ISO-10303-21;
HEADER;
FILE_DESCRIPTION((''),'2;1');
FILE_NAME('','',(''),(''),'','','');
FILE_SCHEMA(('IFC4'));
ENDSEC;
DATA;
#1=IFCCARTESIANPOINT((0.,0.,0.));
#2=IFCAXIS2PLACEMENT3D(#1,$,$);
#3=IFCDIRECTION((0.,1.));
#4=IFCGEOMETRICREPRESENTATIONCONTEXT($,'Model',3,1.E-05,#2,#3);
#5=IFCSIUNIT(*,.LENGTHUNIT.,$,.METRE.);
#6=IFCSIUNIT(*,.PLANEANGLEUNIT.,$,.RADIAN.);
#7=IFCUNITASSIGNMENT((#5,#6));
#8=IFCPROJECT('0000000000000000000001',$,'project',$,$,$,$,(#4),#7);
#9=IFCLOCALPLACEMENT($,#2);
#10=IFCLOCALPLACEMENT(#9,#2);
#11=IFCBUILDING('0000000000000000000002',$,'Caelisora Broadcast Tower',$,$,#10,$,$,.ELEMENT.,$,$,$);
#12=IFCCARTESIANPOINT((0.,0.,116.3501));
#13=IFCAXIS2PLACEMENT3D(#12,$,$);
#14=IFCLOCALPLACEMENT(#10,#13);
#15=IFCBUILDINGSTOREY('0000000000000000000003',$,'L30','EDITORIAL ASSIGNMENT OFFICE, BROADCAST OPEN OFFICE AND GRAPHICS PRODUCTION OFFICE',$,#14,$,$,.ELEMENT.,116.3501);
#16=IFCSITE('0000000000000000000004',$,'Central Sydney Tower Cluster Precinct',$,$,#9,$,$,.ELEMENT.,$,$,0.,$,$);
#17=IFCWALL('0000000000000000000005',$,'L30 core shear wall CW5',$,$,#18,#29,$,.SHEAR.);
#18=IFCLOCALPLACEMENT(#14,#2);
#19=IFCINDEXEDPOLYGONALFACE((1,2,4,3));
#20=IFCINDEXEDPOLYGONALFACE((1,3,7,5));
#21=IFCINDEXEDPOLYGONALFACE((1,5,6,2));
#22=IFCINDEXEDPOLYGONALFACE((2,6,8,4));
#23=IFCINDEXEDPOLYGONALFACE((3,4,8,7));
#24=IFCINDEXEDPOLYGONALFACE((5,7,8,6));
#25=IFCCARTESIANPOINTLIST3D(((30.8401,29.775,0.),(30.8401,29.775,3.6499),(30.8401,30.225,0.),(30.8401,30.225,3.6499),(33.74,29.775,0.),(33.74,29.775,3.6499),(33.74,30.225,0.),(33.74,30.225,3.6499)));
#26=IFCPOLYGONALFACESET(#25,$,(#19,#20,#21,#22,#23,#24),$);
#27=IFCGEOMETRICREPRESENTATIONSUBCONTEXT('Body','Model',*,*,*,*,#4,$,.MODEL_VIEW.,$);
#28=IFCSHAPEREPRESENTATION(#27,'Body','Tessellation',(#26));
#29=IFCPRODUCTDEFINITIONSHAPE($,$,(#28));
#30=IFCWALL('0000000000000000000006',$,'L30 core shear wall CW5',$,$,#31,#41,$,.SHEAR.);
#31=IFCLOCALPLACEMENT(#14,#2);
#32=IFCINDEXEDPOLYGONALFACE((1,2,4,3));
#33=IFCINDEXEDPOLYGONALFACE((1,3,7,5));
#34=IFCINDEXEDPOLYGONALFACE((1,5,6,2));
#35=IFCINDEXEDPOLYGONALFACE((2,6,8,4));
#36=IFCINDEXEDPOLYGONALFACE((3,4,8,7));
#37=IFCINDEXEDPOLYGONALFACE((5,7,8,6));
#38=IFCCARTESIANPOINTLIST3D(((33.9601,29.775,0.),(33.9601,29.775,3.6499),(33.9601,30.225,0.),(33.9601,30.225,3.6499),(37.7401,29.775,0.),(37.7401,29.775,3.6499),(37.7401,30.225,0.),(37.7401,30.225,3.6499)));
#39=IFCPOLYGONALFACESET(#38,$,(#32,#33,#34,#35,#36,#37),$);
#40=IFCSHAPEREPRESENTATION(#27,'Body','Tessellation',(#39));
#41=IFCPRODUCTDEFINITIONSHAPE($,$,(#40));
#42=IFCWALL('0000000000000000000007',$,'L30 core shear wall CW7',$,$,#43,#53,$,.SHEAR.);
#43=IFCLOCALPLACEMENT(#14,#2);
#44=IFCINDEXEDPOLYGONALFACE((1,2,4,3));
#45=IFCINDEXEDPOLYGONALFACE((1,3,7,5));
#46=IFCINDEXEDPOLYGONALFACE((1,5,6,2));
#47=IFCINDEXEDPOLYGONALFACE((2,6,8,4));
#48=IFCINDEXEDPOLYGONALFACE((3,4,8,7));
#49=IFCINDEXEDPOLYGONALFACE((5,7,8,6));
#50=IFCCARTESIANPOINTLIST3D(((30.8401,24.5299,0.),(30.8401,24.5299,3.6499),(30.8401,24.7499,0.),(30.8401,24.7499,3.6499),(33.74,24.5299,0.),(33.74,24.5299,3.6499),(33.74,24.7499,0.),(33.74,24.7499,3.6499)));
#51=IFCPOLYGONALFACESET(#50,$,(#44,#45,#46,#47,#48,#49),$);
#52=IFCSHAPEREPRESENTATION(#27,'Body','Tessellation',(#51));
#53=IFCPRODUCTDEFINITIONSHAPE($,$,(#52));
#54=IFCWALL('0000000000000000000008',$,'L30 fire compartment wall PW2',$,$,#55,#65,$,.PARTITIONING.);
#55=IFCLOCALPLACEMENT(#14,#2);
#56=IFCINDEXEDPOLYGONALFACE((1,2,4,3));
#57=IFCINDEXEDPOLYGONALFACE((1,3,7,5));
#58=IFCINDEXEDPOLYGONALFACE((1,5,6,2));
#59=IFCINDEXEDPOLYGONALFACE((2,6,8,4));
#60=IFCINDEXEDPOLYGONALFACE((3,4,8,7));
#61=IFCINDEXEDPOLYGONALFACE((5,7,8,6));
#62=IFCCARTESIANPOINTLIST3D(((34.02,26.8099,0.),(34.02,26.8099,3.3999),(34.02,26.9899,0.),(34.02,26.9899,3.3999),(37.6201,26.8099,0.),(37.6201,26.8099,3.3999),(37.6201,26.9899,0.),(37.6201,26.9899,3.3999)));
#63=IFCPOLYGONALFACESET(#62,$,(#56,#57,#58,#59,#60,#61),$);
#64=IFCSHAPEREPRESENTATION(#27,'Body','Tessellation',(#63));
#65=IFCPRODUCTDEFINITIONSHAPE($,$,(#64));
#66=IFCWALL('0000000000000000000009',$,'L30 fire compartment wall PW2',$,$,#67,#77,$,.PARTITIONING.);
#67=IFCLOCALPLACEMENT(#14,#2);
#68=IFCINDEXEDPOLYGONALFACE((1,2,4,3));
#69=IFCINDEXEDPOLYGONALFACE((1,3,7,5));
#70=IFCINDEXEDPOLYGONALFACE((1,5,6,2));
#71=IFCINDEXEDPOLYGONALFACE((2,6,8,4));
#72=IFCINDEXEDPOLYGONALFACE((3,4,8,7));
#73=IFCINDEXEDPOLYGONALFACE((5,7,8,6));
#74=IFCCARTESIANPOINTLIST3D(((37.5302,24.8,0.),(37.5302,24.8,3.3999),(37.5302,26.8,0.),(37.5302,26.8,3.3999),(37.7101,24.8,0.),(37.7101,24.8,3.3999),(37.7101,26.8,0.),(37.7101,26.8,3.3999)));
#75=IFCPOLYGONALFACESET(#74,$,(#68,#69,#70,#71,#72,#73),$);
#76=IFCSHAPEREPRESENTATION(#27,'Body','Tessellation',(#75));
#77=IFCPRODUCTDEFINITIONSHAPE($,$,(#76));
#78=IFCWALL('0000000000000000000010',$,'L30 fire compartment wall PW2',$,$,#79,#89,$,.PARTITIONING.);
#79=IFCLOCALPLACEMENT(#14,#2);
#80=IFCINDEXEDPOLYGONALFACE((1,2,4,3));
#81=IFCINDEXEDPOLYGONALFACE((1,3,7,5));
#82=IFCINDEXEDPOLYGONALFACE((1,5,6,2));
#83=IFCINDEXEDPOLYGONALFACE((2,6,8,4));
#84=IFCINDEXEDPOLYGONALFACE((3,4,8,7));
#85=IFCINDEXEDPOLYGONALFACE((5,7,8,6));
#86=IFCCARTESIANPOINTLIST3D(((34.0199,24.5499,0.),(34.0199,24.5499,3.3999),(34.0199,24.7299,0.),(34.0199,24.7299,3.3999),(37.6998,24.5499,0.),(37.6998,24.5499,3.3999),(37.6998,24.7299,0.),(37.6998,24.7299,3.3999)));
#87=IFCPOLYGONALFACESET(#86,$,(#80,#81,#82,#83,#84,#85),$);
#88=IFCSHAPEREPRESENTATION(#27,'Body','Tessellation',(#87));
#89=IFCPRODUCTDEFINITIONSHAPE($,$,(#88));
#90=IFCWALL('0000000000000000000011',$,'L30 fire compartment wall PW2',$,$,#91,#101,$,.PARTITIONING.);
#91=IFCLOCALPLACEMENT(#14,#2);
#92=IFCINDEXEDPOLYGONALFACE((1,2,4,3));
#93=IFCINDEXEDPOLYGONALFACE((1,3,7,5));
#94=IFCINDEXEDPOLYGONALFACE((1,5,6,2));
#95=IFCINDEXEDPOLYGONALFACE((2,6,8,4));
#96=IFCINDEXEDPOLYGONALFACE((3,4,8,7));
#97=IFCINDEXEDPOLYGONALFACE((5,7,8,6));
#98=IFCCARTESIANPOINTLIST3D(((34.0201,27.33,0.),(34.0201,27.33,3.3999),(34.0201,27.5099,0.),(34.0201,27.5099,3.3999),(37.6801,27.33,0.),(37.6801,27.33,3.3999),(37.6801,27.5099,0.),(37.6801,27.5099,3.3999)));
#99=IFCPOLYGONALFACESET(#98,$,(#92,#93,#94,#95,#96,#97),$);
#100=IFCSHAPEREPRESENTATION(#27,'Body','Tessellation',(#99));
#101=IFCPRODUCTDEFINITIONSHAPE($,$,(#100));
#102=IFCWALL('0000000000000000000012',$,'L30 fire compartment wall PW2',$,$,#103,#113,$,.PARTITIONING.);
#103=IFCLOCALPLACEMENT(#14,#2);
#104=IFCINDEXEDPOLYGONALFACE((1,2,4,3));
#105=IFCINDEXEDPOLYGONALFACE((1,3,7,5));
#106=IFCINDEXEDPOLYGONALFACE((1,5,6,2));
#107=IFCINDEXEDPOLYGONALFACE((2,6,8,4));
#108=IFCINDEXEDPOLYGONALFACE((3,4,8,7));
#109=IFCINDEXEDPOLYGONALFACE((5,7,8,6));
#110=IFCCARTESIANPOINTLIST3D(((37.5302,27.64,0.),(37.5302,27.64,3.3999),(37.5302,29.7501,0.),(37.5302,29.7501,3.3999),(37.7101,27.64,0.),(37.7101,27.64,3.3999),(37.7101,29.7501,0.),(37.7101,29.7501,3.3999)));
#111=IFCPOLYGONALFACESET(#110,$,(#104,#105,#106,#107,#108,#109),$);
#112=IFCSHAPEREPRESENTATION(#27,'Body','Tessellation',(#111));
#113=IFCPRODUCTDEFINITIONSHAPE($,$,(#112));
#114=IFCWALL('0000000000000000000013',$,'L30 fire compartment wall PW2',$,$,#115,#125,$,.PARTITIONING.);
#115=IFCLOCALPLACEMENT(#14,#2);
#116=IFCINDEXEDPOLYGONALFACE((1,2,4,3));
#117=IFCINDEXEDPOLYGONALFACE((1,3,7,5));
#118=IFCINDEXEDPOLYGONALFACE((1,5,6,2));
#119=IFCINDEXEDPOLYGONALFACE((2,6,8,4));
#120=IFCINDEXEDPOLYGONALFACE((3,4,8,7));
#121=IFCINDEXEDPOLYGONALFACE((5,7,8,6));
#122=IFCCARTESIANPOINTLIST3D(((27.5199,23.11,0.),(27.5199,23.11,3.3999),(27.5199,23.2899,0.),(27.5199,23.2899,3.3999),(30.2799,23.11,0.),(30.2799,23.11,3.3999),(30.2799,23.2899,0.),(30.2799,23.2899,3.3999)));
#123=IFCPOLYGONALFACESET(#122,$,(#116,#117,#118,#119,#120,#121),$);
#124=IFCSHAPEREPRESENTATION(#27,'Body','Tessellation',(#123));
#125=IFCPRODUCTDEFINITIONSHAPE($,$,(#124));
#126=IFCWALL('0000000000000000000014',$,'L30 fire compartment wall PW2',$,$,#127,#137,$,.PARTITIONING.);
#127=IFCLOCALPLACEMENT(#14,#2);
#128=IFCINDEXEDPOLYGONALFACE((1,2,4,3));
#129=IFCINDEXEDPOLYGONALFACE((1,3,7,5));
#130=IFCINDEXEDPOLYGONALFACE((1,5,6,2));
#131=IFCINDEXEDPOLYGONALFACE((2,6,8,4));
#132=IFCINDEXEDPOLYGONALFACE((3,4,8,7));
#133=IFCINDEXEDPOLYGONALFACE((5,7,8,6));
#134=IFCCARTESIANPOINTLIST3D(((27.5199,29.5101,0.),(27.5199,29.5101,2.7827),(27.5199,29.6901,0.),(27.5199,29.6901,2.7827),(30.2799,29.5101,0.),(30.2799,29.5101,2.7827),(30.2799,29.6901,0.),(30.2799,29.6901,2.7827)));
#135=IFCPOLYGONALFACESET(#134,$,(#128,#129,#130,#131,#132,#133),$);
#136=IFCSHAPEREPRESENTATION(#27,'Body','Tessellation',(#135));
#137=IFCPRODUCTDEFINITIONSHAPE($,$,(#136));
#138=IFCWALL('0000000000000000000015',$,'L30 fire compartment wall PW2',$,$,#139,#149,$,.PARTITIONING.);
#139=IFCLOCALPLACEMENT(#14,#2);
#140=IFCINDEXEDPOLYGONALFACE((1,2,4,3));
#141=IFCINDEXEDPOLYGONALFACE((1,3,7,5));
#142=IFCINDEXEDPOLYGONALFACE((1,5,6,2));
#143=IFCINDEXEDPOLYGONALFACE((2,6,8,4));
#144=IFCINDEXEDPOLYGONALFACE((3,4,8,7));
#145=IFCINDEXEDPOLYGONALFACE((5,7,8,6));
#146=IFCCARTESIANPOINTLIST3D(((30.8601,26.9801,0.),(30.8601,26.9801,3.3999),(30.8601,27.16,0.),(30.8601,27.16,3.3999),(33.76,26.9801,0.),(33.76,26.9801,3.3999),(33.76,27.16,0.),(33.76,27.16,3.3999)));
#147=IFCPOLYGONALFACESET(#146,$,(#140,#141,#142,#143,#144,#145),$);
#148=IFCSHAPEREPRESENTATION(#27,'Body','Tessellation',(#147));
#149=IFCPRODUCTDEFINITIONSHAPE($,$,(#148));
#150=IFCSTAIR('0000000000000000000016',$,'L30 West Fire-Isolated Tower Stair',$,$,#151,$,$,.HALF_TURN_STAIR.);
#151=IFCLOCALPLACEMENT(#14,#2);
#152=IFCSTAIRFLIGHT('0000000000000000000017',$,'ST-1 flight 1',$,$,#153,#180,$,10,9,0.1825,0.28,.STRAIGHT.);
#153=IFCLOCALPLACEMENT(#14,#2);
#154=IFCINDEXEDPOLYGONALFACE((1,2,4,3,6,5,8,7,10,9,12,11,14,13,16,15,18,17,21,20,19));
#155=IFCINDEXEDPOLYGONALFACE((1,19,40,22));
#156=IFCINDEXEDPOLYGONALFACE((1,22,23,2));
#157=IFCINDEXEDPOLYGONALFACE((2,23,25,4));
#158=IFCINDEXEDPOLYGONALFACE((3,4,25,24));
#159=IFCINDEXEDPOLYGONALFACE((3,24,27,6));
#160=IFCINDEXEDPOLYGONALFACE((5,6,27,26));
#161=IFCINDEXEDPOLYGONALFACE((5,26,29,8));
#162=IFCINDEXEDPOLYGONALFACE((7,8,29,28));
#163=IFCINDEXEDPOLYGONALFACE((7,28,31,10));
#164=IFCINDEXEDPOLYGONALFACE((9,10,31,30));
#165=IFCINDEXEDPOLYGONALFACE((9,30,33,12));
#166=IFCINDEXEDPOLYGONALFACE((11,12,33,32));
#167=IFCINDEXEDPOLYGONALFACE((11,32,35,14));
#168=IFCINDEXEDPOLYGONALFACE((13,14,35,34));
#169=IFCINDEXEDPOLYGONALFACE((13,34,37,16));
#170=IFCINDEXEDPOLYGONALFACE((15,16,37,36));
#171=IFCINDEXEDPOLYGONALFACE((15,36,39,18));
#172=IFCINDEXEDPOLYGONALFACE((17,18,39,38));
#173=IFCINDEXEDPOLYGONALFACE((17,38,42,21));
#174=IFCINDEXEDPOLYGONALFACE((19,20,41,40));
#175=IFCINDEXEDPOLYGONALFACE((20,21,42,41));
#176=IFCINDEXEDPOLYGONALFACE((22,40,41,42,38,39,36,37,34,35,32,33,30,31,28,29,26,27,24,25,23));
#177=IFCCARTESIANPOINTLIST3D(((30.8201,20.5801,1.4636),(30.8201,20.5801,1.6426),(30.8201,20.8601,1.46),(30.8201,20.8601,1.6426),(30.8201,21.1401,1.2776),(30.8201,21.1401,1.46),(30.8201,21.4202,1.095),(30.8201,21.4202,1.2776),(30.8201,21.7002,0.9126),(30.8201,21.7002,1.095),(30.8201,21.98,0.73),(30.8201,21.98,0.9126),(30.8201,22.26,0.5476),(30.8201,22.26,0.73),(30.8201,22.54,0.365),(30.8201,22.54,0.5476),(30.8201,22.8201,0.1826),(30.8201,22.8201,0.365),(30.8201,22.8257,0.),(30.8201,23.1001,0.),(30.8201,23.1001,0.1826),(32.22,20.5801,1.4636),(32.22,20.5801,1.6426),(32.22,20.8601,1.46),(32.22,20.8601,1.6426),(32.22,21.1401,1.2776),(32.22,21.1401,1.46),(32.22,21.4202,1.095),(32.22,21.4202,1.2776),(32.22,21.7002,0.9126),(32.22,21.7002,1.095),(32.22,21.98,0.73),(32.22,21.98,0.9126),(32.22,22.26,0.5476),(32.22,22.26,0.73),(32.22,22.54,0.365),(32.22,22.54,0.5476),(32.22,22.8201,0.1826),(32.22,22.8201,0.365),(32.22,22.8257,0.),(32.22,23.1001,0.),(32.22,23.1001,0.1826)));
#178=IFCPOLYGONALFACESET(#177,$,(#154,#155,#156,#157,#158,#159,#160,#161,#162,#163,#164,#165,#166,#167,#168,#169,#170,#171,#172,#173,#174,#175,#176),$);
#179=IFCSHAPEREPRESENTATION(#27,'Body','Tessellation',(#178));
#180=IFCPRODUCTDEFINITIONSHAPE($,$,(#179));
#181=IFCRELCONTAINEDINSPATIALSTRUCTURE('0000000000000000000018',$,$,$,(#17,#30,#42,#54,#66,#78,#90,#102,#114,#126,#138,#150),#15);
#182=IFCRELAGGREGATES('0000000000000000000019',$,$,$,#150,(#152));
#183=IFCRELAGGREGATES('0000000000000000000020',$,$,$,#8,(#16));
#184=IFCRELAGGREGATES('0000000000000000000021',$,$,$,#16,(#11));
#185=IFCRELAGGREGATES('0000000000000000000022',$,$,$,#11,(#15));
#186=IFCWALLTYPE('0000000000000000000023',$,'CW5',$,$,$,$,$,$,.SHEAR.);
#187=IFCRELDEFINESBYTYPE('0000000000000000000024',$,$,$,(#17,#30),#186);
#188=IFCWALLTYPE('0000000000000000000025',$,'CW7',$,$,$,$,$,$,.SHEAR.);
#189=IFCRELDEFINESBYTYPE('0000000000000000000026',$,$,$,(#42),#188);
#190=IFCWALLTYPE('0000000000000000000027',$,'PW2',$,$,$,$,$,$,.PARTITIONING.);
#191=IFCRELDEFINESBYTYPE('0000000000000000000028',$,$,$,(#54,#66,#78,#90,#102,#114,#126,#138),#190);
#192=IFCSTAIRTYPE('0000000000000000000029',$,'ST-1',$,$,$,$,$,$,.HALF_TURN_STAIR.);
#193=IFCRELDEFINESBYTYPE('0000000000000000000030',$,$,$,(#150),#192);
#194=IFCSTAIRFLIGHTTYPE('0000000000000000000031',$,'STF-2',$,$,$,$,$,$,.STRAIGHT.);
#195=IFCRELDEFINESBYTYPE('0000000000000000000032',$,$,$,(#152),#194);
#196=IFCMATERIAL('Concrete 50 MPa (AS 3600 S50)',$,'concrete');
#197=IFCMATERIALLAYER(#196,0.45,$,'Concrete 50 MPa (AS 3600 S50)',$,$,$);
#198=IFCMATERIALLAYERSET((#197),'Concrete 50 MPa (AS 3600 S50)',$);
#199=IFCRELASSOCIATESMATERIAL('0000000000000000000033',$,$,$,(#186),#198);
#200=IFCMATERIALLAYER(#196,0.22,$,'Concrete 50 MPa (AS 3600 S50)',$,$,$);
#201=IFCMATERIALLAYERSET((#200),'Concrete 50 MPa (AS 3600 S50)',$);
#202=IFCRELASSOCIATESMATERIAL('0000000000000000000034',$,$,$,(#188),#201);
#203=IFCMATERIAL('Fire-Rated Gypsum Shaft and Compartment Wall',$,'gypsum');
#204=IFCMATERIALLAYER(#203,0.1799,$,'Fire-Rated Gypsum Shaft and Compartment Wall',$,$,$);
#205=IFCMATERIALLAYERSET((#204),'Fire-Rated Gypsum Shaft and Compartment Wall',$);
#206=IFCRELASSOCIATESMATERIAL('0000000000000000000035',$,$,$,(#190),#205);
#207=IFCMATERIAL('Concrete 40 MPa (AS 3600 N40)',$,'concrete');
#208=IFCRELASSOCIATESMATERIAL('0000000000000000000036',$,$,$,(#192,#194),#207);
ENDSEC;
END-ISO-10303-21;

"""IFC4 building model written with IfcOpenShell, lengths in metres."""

from ifc_helpers import new_model, si_unit, direction, frame, frame_2d, origin, place, context, subcontext, project, spatial, polyline, rectangle, outline, extrude, material, layer, layer_set, type_object, element, aggregate, save


model = new_model("IFC4")

# Units and contexts
model_context = context("Model", 3, precision=1e-05, world=origin(), true_north=direction((0.0, 1.0)))
body_context = subcontext(model_context, "Body", "Model", "MODEL_VIEW")
ifc_project = project(units=[si_unit("LENGTHUNIT", "METRE"), si_unit("PLANEANGLEUNIT", "RADIAN")], contexts=[model_context])

# Site, building, storey
site_placement = place(None, origin())
site = spatial("IfcSite", under=ifc_project, at=site_placement, Name="Central Sydney Tower Cluster Precinct", CompositionType="ELEMENT", RefElevation=0.0)
building_placement = place(site_placement, origin())
building = spatial("IfcBuilding", under=site, at=building_placement, Name="Caelisora Broadcast Tower", CompositionType="ELEMENT")
storey_placement = place(building_placement, frame((0.0, 0.0, 116.3501)))
storey = spatial("IfcBuildingStorey", under=building, at=storey_placement, Name="L30", Description="EDITORIAL ASSIGNMENT OFFICE, BROADCAST OPEN OFFICE AND GRAPHICS PRODUCTION OFFICE", CompositionType="ELEMENT", Elevation=116.3501)

# Shared definitions
ifc_material_1 = material(Name="Concrete 50 MPa (AS 3600 S50)", Category="concrete")

# Walls
ifc_layer_1 = layer(ifc_material_1, 0.45, Name="Concrete 50 MPa (AS 3600 S50)")
ifc_layer_set_1 = layer_set([ifc_layer_1], Name="Concrete 50 MPa (AS 3600 S50)")
wall_type_1 = type_object("IfcWallType", Name="CW5", PredefinedType="SHEAR", material=ifc_layer_set_1)
wall_1_placement = place(storey_placement, frame((30.8401, 30.0, 0.0), z_axis=(0.0, 0.0, 1.0), x_axis=(1.0, 0.0, 0.0)))
element("IfcWall", 1, at=wall_1_placement, inside=storey, type_object=wall_type_1, Name="L30 core shear wall CW5", PredefinedType="SHEAR", context=body_context, shape_type="SweptSolid", body=[
    extrude(rectangle(XDim=2.8999, YDim=0.45, at=frame_2d((1.45, 0.0))), origin(), (0.0, 0.0, 1.0), 3.6499),
])
wall_2_placement = place(storey_placement, frame((33.96, 30.0, 0.0), z_axis=(0.0, 0.0, 1.0), x_axis=(1.0, 0.0, 0.0)))
element("IfcWall", 2, at=wall_2_placement, inside=storey, type_object=wall_type_1, Name="L30 core shear wall CW5", PredefinedType="SHEAR", context=body_context, shape_type="SweptSolid", body=[
    extrude(rectangle(XDim=3.78, YDim=0.45, at=frame_2d((1.8901, 0.0))), origin(), (0.0, 0.0, 1.0), 3.6499),
])
ifc_layer_2 = layer(ifc_material_1, 0.22, Name="Concrete 50 MPa (AS 3600 S50)")
ifc_layer_set_2 = layer_set([ifc_layer_2], Name="Concrete 50 MPa (AS 3600 S50)")
wall_type_2 = type_object("IfcWallType", Name="CW7", PredefinedType="SHEAR", material=ifc_layer_set_2)
wall_3_placement = place(storey_placement, frame((30.8401, 24.6399, 0.0), z_axis=(0.0, 0.0, 1.0), x_axis=(1.0, 0.0, 0.0)))
element("IfcWall", 3, at=wall_3_placement, inside=storey, type_object=wall_type_2, Name="L30 core shear wall CW7", PredefinedType="SHEAR", context=body_context, shape_type="SweptSolid", body=[
    extrude(rectangle(XDim=2.8999, YDim=0.22, at=frame_2d((1.45, 0.0))), origin(), (0.0, 0.0, 1.0), 3.6499),
])
ifc_material_2 = material(Name="Fire-Rated Gypsum Shaft and Compartment Wall", Category="gypsum")
ifc_layer_3 = layer(ifc_material_2, 0.1799, Name="Fire-Rated Gypsum Shaft and Compartment Wall")
ifc_layer_set_3 = layer_set([ifc_layer_3], Name="Fire-Rated Gypsum Shaft and Compartment Wall")
wall_type_3 = type_object("IfcWallType", Name="PW2", PredefinedType="PARTITIONING", material=ifc_layer_set_3)
wall_4_placement = place(storey_placement, frame((34.02, 26.8999, 0.0), z_axis=(0.0, 0.0, 1.0), x_axis=(1.0, 0.0, 0.0)))
element("IfcWall", 4, at=wall_4_placement, inside=storey, type_object=wall_type_3, Name="L30 fire compartment wall PW2", PredefinedType="PARTITIONING", context=body_context, shape_type="SweptSolid", body=[
    extrude(rectangle(XDim=3.6001, YDim=0.1799, at=frame_2d((1.8, 0.0))), origin(), (0.0, 0.0, 1.0), 3.3999),
])
wall_5_placement = place(storey_placement, frame((37.6201, 24.8, 0.0), z_axis=(0.0, 0.0, 1.0), x_axis=(0.0, 1.0, 0.0)))
element("IfcWall", 5, at=wall_5_placement, inside=storey, type_object=wall_type_3, Name="L30 fire compartment wall PW2", PredefinedType="PARTITIONING", context=body_context, shape_type="SweptSolid", body=[
    extrude(rectangle(XDim=2.0, YDim=0.1799, at=frame_2d((1.0, 0.0))), origin(), (0.0, 0.0, 1.0), 3.3999),
])
wall_6_placement = place(storey_placement, frame((34.02, 24.6399, 0.0), z_axis=(0.0, 0.0, 1.0), x_axis=(1.0, 0.0, 0.0)))
element("IfcWall", 6, at=wall_6_placement, inside=storey, type_object=wall_type_3, Name="L30 fire compartment wall PW2", PredefinedType="PARTITIONING", context=body_context, shape_type="SweptSolid", body=[
    extrude(rectangle(XDim=3.6799, YDim=0.1799, at=frame_2d((1.8398, 0.0))), origin(), (0.0, 0.0, 1.0), 3.3999),
])
wall_7_placement = place(storey_placement, frame((34.02, 27.4199, 0.0), z_axis=(0.0, 0.0, 1.0), x_axis=(1.0, 0.0, 0.0)))
element("IfcWall", 7, at=wall_7_placement, inside=storey, type_object=wall_type_3, Name="L30 fire compartment wall PW2", PredefinedType="PARTITIONING", context=body_context, shape_type="SweptSolid", body=[
    extrude(rectangle(XDim=3.6599, YDim=0.1799, at=frame_2d((1.8301, 0.0))), origin(), (0.0, 0.0, 1.0), 3.3999),
])
wall_8_placement = place(storey_placement, frame((37.6201, 27.6399, 0.0), z_axis=(0.0, 0.0, 1.0), x_axis=(0.0, 1.0, 0.0)))
element("IfcWall", 8, at=wall_8_placement, inside=storey, type_object=wall_type_3, Name="L30 fire compartment wall PW2", PredefinedType="PARTITIONING", context=body_context, shape_type="SweptSolid", body=[
    extrude(rectangle(XDim=2.1101, YDim=0.1799, at=frame_2d((1.0552, 0.0))), origin(), (0.0, 0.0, 1.0), 3.3999),
])
wall_9_placement = place(storey_placement, frame((27.52, 23.2, 0.0), z_axis=(0.0, 0.0, 1.0), x_axis=(1.0, 0.0, 0.0)))
element("IfcWall", 9, at=wall_9_placement, inside=storey, type_object=wall_type_3, Name="L30 fire compartment wall PW2", PredefinedType="PARTITIONING", context=body_context, shape_type="SweptSolid", body=[
    extrude(rectangle(XDim=2.76, YDim=0.1799, at=frame_2d((1.3799, 0.0))), origin(), (0.0, 0.0, 1.0), 3.3999),
])
wall_10_placement = place(storey_placement, frame((27.52, 29.6001, 0.0), z_axis=(0.0, 0.0, 1.0), x_axis=(1.0, 0.0, 0.0)))
element("IfcWall", 10, at=wall_10_placement, inside=storey, type_object=wall_type_3, Name="L30 fire compartment wall PW2", PredefinedType="PARTITIONING", context=body_context, shape_type="SweptSolid", body=[
    extrude(rectangle(XDim=2.76, YDim=0.1799, at=frame_2d((1.3799, 0.0))), origin(), (0.0, 0.0, 1.0), 2.7827),
])
wall_11_placement = place(storey_placement, frame((30.8601, 27.0701, 0.0), z_axis=(0.0, 0.0, 1.0), x_axis=(1.0, 0.0, 0.0)))
element("IfcWall", 11, at=wall_11_placement, inside=storey, type_object=wall_type_3, Name="L30 fire compartment wall PW2", PredefinedType="PARTITIONING", context=body_context, shape_type="SweptSolid", body=[
    extrude(rectangle(XDim=2.8999, YDim=0.1799, at=frame_2d((1.45, 0.0))), origin(), (0.0, 0.0, 1.0), 3.3999),
])

# Stair, stair flight
ifc_material_3 = material(Name="Concrete 40 MPa (AS 3600 N40)", Category="concrete")
stair_type = type_object("IfcStairType", Name="ST-1", PredefinedType="HALF_TURN_STAIR", material=ifc_material_3)
stair_placement = place(storey_placement, origin())
stair = element("IfcStair", 12, at=stair_placement, inside=storey, type_object=stair_type, Name="L30 West Fire-Isolated Tower Stair", PredefinedType="HALF_TURN_STAIR")
stair_flight_type = type_object("IfcStairFlightType", Name="STF-2", PredefinedType="STRAIGHT", material=ifc_material_3)
stair_flight_placement = place(storey_placement, frame((31.52, 23.1001, 0.0), z_axis=(0.0, 0.0, 1.0), x_axis=(0.0, -1.0, 0.0)))
stair_flight = element("IfcStairFlight", 13, at=stair_flight_placement, type_object=stair_flight_type, Name="ST-1 flight 1", NumberOfRisers=10, NumberOfTreads=9, PredefinedType="STRAIGHT", RiserHeight=0.1825, TreadLength=0.28, context=body_context, shape_type="SweptSolid", body=[
    extrude(outline(polyline([(0.0, 0.0), (0.0, 0.1826), (0.28, 0.1826), (0.28, 0.365), (0.5601, 0.365), (0.5601, 0.5476), (0.8401, 0.5476), (0.8401, 0.73), (1.1201, 0.73), (1.1201, 0.9126), (1.3999, 0.9126), (1.3999, 1.095), (1.6799, 1.095), (1.6799, 1.2776), (1.96, 1.2776), (1.96, 1.46), (2.24, 1.46), (2.24, 1.6426), (2.52, 1.6426), (2.52, 1.825), (2.52, 1.4636), (0.2744, 0.0), (0.0, 0.0)])), frame((0.0, 0.7, 0.0), z_axis=(0.0, -1.0, 0.0), x_axis=(1.0, 0.0, 0.0)), (0.0, 0.0, 1.0), 1.3999),
])
aggregate(stair, [stair_flight])

save(model, "model.ifc")
